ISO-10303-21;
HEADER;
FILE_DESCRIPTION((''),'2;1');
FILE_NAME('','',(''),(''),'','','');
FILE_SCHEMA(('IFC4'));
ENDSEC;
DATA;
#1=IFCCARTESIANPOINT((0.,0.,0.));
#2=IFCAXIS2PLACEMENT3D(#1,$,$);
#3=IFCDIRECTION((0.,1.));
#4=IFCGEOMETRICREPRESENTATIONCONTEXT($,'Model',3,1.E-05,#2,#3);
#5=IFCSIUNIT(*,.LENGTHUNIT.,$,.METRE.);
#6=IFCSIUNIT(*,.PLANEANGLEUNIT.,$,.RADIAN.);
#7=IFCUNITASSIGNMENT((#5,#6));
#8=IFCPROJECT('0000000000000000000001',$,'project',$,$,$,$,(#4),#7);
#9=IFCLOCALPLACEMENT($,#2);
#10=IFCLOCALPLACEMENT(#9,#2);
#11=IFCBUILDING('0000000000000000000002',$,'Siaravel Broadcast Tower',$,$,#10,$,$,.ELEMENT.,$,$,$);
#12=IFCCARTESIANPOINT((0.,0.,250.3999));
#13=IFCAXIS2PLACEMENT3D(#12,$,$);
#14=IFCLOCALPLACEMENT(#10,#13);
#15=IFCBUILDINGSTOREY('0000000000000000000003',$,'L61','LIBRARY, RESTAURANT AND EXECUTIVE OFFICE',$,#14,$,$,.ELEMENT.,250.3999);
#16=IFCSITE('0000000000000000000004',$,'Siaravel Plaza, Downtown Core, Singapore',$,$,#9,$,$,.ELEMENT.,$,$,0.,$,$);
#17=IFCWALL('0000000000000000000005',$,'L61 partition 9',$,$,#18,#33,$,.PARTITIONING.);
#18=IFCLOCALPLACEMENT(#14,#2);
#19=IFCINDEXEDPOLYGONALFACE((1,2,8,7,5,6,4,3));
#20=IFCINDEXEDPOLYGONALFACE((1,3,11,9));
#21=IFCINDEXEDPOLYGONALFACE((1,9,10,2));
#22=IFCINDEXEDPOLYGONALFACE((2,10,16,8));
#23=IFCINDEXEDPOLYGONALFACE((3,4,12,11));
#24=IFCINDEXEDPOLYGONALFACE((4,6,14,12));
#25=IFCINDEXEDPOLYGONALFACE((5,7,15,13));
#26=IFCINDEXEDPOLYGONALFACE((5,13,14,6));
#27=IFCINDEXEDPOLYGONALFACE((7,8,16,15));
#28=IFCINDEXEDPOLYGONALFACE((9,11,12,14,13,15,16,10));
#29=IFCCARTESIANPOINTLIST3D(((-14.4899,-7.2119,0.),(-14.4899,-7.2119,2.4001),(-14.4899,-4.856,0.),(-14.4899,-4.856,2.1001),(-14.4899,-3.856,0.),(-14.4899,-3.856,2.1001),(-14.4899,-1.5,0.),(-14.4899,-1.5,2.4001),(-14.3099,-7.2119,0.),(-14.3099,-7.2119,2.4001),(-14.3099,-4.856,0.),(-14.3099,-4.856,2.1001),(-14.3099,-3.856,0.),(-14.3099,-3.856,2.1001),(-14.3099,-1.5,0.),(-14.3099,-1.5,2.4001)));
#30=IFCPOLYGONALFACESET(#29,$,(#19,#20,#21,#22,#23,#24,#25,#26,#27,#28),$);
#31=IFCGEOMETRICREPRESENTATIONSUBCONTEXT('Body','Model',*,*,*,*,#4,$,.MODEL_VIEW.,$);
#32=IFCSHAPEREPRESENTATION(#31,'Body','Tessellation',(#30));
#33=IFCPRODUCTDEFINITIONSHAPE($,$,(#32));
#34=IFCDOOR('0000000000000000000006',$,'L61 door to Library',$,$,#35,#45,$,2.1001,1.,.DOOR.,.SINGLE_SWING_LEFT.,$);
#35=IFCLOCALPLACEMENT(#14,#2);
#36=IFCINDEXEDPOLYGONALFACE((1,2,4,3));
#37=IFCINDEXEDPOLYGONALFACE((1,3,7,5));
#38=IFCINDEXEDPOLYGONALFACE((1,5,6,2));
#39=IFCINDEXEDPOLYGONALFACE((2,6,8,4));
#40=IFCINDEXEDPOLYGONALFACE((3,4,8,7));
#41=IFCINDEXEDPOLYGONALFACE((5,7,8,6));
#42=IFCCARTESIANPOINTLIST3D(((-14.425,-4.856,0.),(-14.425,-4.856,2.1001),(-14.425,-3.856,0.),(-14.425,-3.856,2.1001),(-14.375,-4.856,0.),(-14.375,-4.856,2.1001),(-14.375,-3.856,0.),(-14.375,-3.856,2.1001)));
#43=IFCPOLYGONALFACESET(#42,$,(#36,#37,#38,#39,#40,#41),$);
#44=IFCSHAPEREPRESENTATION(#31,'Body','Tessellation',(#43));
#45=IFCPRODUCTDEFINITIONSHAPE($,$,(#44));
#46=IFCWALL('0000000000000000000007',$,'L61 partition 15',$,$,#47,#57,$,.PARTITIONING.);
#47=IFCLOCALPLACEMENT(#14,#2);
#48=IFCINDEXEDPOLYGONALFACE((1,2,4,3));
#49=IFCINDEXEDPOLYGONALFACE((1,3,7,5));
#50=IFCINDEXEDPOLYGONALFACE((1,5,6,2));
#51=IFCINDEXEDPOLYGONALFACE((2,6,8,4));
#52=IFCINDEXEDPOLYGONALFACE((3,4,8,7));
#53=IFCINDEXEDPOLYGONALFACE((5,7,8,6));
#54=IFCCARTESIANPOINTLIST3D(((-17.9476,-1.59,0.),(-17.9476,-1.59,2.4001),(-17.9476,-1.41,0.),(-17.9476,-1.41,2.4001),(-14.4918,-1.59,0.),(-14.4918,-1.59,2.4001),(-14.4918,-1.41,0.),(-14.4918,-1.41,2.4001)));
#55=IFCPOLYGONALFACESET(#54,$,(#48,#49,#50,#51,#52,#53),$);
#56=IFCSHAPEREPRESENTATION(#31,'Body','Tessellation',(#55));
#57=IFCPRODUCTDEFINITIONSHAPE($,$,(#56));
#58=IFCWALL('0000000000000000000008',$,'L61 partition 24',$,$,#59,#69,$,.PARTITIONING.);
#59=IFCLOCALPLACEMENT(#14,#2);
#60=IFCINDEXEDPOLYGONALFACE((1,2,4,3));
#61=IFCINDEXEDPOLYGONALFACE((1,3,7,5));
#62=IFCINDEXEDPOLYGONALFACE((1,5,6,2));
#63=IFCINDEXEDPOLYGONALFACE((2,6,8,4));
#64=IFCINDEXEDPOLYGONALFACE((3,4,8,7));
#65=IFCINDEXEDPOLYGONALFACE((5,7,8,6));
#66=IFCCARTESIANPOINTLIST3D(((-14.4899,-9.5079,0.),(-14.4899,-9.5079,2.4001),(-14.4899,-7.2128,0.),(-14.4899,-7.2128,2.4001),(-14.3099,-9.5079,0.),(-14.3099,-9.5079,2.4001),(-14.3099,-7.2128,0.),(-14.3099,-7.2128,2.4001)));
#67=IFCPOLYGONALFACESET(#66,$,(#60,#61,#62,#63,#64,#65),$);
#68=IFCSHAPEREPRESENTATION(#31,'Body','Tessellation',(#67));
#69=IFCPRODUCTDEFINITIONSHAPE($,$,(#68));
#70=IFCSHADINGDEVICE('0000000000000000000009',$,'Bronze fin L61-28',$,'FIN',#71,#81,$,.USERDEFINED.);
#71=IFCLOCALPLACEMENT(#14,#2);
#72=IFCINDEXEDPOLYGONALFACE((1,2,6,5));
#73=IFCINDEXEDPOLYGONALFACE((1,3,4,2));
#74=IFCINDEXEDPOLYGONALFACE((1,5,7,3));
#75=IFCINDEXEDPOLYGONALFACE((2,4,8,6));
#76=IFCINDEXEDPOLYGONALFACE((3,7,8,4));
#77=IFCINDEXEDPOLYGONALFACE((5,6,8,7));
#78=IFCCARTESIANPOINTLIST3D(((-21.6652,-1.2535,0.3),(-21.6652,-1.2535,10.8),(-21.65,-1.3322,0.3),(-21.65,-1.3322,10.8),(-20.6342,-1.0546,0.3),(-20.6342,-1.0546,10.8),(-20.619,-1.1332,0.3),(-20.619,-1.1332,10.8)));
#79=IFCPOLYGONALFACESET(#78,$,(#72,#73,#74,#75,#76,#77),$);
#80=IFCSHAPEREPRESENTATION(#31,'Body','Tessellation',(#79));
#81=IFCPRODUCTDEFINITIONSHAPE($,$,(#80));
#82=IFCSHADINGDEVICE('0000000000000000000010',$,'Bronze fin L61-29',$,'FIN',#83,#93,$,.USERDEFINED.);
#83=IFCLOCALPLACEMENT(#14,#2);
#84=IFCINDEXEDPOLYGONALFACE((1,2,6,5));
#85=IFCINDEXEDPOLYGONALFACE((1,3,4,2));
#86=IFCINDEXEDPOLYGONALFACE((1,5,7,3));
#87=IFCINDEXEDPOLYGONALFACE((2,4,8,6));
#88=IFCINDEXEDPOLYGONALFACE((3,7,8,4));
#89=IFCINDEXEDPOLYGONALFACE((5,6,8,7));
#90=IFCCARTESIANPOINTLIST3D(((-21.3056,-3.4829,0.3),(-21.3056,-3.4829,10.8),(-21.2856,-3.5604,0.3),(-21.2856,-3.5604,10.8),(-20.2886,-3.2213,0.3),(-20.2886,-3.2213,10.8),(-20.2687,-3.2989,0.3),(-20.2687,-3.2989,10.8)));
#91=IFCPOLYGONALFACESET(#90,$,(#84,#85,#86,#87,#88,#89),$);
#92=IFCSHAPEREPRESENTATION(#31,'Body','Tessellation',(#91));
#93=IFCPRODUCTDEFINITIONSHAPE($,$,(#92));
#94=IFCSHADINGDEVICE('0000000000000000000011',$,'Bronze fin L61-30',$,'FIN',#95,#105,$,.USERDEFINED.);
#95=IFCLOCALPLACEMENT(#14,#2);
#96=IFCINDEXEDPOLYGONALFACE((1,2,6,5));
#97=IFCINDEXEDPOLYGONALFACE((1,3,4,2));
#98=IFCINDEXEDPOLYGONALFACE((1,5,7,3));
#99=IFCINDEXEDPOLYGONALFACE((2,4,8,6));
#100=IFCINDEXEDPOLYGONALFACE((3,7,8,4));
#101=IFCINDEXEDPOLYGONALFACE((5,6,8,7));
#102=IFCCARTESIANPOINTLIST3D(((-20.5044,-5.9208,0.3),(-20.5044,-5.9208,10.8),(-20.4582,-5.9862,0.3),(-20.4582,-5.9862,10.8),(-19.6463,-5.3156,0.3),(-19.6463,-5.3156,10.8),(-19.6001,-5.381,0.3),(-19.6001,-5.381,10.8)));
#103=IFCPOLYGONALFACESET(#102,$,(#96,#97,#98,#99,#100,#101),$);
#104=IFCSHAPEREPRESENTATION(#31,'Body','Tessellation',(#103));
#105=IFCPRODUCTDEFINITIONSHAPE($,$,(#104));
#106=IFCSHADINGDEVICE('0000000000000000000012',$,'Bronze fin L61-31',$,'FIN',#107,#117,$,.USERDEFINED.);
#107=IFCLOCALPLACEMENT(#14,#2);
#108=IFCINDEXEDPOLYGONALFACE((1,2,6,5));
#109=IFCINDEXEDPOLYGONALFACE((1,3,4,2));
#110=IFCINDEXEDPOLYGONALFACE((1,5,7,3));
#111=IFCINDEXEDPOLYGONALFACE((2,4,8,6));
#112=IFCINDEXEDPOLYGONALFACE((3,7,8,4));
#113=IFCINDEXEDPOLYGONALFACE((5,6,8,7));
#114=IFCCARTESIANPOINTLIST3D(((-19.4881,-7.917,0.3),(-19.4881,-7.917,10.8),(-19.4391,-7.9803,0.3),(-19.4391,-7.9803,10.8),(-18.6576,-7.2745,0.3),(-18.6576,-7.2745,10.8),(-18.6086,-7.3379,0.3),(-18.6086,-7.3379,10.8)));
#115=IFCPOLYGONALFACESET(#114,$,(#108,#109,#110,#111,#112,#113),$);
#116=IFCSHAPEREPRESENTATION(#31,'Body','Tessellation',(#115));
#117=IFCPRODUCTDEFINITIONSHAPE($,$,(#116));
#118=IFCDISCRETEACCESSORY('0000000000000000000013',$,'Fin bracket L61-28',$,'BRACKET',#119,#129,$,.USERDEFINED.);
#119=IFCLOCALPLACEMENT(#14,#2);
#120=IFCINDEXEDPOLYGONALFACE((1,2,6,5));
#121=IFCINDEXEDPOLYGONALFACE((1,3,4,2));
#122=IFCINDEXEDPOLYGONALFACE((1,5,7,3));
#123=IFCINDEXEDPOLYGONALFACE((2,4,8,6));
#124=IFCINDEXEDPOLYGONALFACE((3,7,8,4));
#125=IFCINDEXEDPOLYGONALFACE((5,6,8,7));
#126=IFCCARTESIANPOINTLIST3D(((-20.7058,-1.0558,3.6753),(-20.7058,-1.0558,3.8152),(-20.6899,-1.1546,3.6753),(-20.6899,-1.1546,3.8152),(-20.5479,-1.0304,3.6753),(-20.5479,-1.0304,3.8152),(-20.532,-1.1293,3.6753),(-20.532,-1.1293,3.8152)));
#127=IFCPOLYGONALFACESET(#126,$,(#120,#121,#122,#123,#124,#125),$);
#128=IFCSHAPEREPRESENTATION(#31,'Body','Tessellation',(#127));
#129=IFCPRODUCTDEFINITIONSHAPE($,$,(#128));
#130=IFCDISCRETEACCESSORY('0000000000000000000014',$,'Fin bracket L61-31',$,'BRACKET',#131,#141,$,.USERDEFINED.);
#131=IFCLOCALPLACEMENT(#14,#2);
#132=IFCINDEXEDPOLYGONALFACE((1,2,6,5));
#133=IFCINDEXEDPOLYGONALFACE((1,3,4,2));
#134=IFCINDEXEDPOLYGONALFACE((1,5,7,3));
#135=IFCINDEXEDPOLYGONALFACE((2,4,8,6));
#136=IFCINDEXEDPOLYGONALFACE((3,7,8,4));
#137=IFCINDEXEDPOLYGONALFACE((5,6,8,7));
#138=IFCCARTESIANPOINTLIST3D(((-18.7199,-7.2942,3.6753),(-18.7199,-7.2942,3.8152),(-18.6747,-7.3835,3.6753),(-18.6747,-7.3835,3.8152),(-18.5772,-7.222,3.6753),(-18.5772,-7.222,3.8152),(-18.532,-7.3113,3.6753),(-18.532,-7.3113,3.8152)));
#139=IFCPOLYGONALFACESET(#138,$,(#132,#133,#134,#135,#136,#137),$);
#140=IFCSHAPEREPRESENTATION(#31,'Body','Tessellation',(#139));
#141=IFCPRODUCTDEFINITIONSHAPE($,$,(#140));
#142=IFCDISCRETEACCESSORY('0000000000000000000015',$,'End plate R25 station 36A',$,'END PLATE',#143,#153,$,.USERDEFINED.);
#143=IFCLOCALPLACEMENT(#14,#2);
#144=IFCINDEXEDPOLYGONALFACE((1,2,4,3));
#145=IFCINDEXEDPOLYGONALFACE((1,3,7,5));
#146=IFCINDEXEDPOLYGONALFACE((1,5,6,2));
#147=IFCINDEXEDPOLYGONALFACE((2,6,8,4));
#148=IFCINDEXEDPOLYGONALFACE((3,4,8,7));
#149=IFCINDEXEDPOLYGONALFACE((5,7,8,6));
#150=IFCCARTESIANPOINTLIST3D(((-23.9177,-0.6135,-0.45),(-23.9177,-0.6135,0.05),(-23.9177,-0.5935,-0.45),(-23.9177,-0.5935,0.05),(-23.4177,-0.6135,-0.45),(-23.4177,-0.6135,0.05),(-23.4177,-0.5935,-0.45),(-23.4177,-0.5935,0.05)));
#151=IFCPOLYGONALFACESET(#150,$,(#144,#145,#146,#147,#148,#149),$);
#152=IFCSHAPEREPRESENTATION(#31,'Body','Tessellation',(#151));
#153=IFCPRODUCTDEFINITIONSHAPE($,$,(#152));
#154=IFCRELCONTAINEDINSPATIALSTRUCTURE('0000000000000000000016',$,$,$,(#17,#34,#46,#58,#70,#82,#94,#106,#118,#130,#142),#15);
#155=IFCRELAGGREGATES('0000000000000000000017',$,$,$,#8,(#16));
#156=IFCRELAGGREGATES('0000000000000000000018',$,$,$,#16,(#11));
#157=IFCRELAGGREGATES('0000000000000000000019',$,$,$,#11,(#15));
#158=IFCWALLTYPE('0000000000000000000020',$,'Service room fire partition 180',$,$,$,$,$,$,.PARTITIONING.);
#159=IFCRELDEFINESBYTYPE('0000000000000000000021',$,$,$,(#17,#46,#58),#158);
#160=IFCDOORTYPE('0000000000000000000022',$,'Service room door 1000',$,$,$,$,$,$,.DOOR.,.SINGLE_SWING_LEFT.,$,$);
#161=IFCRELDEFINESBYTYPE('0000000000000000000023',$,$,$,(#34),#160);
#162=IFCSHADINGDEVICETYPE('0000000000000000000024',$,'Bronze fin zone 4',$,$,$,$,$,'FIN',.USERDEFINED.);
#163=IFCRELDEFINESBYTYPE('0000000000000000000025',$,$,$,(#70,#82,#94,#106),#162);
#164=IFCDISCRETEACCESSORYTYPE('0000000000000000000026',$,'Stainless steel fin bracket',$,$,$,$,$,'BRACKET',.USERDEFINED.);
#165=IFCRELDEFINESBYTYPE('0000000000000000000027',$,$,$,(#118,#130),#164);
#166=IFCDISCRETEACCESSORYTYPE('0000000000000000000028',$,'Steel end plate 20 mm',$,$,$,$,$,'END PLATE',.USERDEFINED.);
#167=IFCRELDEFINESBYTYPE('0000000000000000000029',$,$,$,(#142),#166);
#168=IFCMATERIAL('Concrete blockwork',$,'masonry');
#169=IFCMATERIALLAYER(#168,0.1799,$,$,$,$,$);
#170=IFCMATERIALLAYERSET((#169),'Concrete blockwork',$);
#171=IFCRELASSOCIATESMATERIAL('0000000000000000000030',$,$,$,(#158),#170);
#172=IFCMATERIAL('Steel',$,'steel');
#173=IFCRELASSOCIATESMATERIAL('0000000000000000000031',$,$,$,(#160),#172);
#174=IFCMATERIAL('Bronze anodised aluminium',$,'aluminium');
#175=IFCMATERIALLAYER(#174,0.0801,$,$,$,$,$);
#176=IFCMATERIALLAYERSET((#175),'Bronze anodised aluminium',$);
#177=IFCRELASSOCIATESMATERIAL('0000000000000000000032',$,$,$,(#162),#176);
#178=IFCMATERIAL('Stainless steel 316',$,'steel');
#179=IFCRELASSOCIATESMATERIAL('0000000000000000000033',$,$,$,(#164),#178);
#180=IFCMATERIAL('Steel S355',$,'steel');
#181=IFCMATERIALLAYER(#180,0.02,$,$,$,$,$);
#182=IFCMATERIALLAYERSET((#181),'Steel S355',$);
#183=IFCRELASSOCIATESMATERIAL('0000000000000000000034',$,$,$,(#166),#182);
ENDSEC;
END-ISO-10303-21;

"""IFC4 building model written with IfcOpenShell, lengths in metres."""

from ifc_helpers import new_model, si_unit, direction, frame, frame_2d, origin, origin_2d, place, context, subcontext, project, spatial, rectangle, extrude, material, layer, layer_set, type_object, element, fill, save


model = new_model("IFC4")

# Units and contexts
model_context = context("Model", 3, precision=1e-05, world=origin(), true_north=direction((0.0, 1.0)))
body_context = subcontext(model_context, "Body", "Model", "MODEL_VIEW")
ifc_project = project(units=[si_unit("LENGTHUNIT", "METRE"), si_unit("PLANEANGLEUNIT", "RADIAN")], contexts=[model_context])

# Site, building, storey
site_placement = place(None, origin())
site = spatial("IfcSite", under=ifc_project, at=site_placement, Name="Siaravel Plaza, Downtown Core, Singapore", CompositionType="ELEMENT", RefElevation=0.0)
building_placement = place(site_placement, origin())
building = spatial("IfcBuilding", under=site, at=building_placement, Name="Siaravel Broadcast Tower", CompositionType="ELEMENT")
storey_placement = place(building_placement, frame((0.0, 0.0, 250.3999)))
storey = spatial("IfcBuildingStorey", under=building, at=storey_placement, Name="L61", Description="LIBRARY, RESTAURANT AND EXECUTIVE OFFICE", CompositionType="ELEMENT", Elevation=250.3999)

# Shared definitions
ifc_material_1 = material(Name="Steel S355", Category="steel")

# Wall, opening, door
ifc_material_2 = material(Name="Concrete blockwork", Category="masonry")
ifc_layer_1 = layer(ifc_material_2, 0.1799)
ifc_layer_set_1 = layer_set([ifc_layer_1], Name="Concrete blockwork")
wall_type = type_object("IfcWallType", Name="Service room fire partition 180", PredefinedType="PARTITIONING", material=ifc_layer_set_1)
wall_1_placement = place(storey_placement, frame((-14.3999, -1.5, 0.0), z_axis=(0.0, 0.0, 1.0), x_axis=(0.0, -1.0, 0.0)))
wall_1 = element("IfcWall", 1, at=wall_1_placement, inside=storey, type_object=wall_type, Name="L61 partition 9", PredefinedType="PARTITIONING", context=body_context, shape_type="SweptSolid", body=[
    extrude(rectangle(XDim=5.7119, YDim=0.1799, at=frame_2d((2.856, 0.0))), origin(), (0.0, 0.0, 1.0), 2.4001),
])
opening_placement = place(wall_1_placement, frame((2.356, 0.0, 0.0)))
opening = element("IfcOpeningElement", 2, at=opening_placement, cuts=wall_1, PredefinedType="OPENING", context=body_context, shape_type="SweptSolid", body=[
    extrude(rectangle(XDim=1.0, YDim=2.1001, at=frame_2d((0.5, 1.05))), frame((0.0, 0.0999, 0.0), z_axis=(0.0, -1.0, 0.0), x_axis=(1.0, 0.0, 0.0)), (0.0, 0.0, 1.0), 0.2),
])
ifc_material_3 = material(Name="Steel", Category="steel")
door_type = type_object("IfcDoorType", Name="Service room door 1000", OperationType="SINGLE_SWING_LEFT", PredefinedType="DOOR", material=ifc_material_3)
door_placement = place(opening_placement, origin())
door = element("IfcDoor", 3, at=door_placement, inside=storey, type_object=door_type, Name="L61 door to Library", OperationType="SINGLE_SWING_LEFT", OverallHeight=2.1001, OverallWidth=1.0, PredefinedType="DOOR", context=body_context, shape_type="SweptSolid", body=[
    extrude(rectangle(XDim=1.0, YDim=2.1001, at=frame_2d((0.5, 1.05))), frame((0.0, 0.0249, 0.0), z_axis=(0.0, -1.0, 0.0), x_axis=(1.0, 0.0, 0.0)), (0.0, 0.0, 1.0), 0.05),
])
fill(opening, door)

# Walls
wall_2_placement = place(storey_placement, frame((-17.9478, -1.5, 0.0), z_axis=(0.0, 0.0, 1.0), x_axis=(1.0, 0.0, 0.0)))
element("IfcWall", 4, at=wall_2_placement, inside=storey, type_object=wall_type, Name="L61 partition 15", PredefinedType="PARTITIONING", context=body_context, shape_type="SweptSolid", body=[
    extrude(rectangle(XDim=3.4558, YDim=0.1799, at=frame_2d((1.728, 0.0))), origin(), (0.0, 0.0, 1.0), 2.4001),
])
wall_3_placement = place(storey_placement, frame((-14.3999, -7.2129, 0.0), z_axis=(0.0, 0.0, 1.0), x_axis=(0.0, -1.0, 0.0)))
element("IfcWall", 5, at=wall_3_placement, inside=storey, type_object=wall_type, Name="L61 partition 24", PredefinedType="PARTITIONING", context=body_context, shape_type="SweptSolid", body=[
    extrude(rectangle(XDim=2.2952, YDim=0.1799, at=frame_2d((1.1475, 0.0))), origin(), (0.0, 0.0, 1.0), 2.4001),
])

# Shading devices
ifc_material_4 = material(Name="Bronze anodised aluminium", Category="aluminium")
ifc_layer_2 = layer(ifc_material_4, 0.0801)
ifc_layer_set_2 = layer_set([ifc_layer_2], Name="Bronze anodised aluminium")
shading_device_type = type_object("IfcShadingDeviceType", Name="Bronze fin zone 4", ElementType="FIN", PredefinedType="USERDEFINED", material=ifc_layer_set_2)
for number, where, z_axis, x_axis, name in (
    (6, (-21.1421, -1.1934, 0.3), (0.0, 0.0, 1.0), (-0.98188, -0.189505, 0.0), "Bronze fin L61-28"),
    (7, (-20.7871, -3.3909, 0.3), (0.0, 0.0, 1.0), (-0.968487, -0.249063, 0.0), "Bronze fin L61-29"),
    (8, (-20.0522, -5.6509, 0.3), (0.0, 0.0, 1.0), (-0.817197, -0.576358, 0.0), "Bronze fin L61-30"),
    (9, (-19.0483, -7.6274, 0.3), (0.0, 0.0, 1.0), (-0.79098, -0.611842, 0.0), "Bronze fin L61-31"),
):
    element("IfcShadingDevice", number, at=place(storey_placement, frame(where, z_axis=z_axis, x_axis=x_axis)), inside=storey, type_object=shading_device_type, Name=name, ObjectType="FIN", PredefinedType="USERDEFINED", context=body_context, shape_type="SweptSolid", body=[
        extrude(rectangle(XDim=1.05, YDim=0.0801, at=origin_2d()), origin(), (0.0, 0.0, 1.0), 10.5),
    ])

# Discrete accessories
ifc_material_5 = material(Name="Stainless steel 316", Category="steel")
discrete_accessory_type_1 = type_object("IfcDiscreteAccessoryType", Name="Stainless steel fin bracket", ElementType="BRACKET", PredefinedType="USERDEFINED", material=ifc_material_5)
for number, where, z_axis, x_axis, name in (
    (10, (-20.6189, -1.0925, 3.6753), (0.0, 0.0, 1.0), (-0.987329, -0.158685, 0.0), "Fin bracket L61-28"),
    (11, (-18.626, -7.3027, 3.6753), (0.0, 0.0, 1.0), (-0.892393, -0.451259, 0.0), "Fin bracket L61-31"),
):
    element("IfcDiscreteAccessory", number, at=place(storey_placement, frame(where, z_axis=z_axis, x_axis=x_axis)), inside=storey, type_object=discrete_accessory_type_1, Name=name, ObjectType="BRACKET", PredefinedType="USERDEFINED", context=body_context, shape_type="SweptSolid", body=[
        extrude(rectangle(XDim=0.1599, YDim=0.1001, at=origin_2d()), origin(), (0.0, 0.0, 1.0), 0.1399),
    ])
ifc_layer_3 = layer(ifc_material_1, 0.02)
ifc_layer_set_3 = layer_set([ifc_layer_3], Name="Steel S355")
discrete_accessory_type_2 = type_object("IfcDiscreteAccessoryType", Name="Steel end plate 20 mm", ElementType="END PLATE", PredefinedType="USERDEFINED", material=ifc_layer_set_3)
discrete_accessory_placement = place(storey_placement, frame((-23.6677, -0.6035, -0.45), z_axis=(0.0, 0.0, 1.0), x_axis=(0.0, -1.0, 0.0)))
element("IfcDiscreteAccessory", 12, at=discrete_accessory_placement, inside=storey, type_object=discrete_accessory_type_2, Name="End plate R25 station 36A", ObjectType="END PLATE", PredefinedType="USERDEFINED", context=body_context, shape_type="SweptSolid", body=[
    extrude(rectangle(XDim=0.02, YDim=0.5, at=origin_2d()), origin(), (0.0, 0.0, 1.0), 0.5),
])

save(model, "model.ifc")
